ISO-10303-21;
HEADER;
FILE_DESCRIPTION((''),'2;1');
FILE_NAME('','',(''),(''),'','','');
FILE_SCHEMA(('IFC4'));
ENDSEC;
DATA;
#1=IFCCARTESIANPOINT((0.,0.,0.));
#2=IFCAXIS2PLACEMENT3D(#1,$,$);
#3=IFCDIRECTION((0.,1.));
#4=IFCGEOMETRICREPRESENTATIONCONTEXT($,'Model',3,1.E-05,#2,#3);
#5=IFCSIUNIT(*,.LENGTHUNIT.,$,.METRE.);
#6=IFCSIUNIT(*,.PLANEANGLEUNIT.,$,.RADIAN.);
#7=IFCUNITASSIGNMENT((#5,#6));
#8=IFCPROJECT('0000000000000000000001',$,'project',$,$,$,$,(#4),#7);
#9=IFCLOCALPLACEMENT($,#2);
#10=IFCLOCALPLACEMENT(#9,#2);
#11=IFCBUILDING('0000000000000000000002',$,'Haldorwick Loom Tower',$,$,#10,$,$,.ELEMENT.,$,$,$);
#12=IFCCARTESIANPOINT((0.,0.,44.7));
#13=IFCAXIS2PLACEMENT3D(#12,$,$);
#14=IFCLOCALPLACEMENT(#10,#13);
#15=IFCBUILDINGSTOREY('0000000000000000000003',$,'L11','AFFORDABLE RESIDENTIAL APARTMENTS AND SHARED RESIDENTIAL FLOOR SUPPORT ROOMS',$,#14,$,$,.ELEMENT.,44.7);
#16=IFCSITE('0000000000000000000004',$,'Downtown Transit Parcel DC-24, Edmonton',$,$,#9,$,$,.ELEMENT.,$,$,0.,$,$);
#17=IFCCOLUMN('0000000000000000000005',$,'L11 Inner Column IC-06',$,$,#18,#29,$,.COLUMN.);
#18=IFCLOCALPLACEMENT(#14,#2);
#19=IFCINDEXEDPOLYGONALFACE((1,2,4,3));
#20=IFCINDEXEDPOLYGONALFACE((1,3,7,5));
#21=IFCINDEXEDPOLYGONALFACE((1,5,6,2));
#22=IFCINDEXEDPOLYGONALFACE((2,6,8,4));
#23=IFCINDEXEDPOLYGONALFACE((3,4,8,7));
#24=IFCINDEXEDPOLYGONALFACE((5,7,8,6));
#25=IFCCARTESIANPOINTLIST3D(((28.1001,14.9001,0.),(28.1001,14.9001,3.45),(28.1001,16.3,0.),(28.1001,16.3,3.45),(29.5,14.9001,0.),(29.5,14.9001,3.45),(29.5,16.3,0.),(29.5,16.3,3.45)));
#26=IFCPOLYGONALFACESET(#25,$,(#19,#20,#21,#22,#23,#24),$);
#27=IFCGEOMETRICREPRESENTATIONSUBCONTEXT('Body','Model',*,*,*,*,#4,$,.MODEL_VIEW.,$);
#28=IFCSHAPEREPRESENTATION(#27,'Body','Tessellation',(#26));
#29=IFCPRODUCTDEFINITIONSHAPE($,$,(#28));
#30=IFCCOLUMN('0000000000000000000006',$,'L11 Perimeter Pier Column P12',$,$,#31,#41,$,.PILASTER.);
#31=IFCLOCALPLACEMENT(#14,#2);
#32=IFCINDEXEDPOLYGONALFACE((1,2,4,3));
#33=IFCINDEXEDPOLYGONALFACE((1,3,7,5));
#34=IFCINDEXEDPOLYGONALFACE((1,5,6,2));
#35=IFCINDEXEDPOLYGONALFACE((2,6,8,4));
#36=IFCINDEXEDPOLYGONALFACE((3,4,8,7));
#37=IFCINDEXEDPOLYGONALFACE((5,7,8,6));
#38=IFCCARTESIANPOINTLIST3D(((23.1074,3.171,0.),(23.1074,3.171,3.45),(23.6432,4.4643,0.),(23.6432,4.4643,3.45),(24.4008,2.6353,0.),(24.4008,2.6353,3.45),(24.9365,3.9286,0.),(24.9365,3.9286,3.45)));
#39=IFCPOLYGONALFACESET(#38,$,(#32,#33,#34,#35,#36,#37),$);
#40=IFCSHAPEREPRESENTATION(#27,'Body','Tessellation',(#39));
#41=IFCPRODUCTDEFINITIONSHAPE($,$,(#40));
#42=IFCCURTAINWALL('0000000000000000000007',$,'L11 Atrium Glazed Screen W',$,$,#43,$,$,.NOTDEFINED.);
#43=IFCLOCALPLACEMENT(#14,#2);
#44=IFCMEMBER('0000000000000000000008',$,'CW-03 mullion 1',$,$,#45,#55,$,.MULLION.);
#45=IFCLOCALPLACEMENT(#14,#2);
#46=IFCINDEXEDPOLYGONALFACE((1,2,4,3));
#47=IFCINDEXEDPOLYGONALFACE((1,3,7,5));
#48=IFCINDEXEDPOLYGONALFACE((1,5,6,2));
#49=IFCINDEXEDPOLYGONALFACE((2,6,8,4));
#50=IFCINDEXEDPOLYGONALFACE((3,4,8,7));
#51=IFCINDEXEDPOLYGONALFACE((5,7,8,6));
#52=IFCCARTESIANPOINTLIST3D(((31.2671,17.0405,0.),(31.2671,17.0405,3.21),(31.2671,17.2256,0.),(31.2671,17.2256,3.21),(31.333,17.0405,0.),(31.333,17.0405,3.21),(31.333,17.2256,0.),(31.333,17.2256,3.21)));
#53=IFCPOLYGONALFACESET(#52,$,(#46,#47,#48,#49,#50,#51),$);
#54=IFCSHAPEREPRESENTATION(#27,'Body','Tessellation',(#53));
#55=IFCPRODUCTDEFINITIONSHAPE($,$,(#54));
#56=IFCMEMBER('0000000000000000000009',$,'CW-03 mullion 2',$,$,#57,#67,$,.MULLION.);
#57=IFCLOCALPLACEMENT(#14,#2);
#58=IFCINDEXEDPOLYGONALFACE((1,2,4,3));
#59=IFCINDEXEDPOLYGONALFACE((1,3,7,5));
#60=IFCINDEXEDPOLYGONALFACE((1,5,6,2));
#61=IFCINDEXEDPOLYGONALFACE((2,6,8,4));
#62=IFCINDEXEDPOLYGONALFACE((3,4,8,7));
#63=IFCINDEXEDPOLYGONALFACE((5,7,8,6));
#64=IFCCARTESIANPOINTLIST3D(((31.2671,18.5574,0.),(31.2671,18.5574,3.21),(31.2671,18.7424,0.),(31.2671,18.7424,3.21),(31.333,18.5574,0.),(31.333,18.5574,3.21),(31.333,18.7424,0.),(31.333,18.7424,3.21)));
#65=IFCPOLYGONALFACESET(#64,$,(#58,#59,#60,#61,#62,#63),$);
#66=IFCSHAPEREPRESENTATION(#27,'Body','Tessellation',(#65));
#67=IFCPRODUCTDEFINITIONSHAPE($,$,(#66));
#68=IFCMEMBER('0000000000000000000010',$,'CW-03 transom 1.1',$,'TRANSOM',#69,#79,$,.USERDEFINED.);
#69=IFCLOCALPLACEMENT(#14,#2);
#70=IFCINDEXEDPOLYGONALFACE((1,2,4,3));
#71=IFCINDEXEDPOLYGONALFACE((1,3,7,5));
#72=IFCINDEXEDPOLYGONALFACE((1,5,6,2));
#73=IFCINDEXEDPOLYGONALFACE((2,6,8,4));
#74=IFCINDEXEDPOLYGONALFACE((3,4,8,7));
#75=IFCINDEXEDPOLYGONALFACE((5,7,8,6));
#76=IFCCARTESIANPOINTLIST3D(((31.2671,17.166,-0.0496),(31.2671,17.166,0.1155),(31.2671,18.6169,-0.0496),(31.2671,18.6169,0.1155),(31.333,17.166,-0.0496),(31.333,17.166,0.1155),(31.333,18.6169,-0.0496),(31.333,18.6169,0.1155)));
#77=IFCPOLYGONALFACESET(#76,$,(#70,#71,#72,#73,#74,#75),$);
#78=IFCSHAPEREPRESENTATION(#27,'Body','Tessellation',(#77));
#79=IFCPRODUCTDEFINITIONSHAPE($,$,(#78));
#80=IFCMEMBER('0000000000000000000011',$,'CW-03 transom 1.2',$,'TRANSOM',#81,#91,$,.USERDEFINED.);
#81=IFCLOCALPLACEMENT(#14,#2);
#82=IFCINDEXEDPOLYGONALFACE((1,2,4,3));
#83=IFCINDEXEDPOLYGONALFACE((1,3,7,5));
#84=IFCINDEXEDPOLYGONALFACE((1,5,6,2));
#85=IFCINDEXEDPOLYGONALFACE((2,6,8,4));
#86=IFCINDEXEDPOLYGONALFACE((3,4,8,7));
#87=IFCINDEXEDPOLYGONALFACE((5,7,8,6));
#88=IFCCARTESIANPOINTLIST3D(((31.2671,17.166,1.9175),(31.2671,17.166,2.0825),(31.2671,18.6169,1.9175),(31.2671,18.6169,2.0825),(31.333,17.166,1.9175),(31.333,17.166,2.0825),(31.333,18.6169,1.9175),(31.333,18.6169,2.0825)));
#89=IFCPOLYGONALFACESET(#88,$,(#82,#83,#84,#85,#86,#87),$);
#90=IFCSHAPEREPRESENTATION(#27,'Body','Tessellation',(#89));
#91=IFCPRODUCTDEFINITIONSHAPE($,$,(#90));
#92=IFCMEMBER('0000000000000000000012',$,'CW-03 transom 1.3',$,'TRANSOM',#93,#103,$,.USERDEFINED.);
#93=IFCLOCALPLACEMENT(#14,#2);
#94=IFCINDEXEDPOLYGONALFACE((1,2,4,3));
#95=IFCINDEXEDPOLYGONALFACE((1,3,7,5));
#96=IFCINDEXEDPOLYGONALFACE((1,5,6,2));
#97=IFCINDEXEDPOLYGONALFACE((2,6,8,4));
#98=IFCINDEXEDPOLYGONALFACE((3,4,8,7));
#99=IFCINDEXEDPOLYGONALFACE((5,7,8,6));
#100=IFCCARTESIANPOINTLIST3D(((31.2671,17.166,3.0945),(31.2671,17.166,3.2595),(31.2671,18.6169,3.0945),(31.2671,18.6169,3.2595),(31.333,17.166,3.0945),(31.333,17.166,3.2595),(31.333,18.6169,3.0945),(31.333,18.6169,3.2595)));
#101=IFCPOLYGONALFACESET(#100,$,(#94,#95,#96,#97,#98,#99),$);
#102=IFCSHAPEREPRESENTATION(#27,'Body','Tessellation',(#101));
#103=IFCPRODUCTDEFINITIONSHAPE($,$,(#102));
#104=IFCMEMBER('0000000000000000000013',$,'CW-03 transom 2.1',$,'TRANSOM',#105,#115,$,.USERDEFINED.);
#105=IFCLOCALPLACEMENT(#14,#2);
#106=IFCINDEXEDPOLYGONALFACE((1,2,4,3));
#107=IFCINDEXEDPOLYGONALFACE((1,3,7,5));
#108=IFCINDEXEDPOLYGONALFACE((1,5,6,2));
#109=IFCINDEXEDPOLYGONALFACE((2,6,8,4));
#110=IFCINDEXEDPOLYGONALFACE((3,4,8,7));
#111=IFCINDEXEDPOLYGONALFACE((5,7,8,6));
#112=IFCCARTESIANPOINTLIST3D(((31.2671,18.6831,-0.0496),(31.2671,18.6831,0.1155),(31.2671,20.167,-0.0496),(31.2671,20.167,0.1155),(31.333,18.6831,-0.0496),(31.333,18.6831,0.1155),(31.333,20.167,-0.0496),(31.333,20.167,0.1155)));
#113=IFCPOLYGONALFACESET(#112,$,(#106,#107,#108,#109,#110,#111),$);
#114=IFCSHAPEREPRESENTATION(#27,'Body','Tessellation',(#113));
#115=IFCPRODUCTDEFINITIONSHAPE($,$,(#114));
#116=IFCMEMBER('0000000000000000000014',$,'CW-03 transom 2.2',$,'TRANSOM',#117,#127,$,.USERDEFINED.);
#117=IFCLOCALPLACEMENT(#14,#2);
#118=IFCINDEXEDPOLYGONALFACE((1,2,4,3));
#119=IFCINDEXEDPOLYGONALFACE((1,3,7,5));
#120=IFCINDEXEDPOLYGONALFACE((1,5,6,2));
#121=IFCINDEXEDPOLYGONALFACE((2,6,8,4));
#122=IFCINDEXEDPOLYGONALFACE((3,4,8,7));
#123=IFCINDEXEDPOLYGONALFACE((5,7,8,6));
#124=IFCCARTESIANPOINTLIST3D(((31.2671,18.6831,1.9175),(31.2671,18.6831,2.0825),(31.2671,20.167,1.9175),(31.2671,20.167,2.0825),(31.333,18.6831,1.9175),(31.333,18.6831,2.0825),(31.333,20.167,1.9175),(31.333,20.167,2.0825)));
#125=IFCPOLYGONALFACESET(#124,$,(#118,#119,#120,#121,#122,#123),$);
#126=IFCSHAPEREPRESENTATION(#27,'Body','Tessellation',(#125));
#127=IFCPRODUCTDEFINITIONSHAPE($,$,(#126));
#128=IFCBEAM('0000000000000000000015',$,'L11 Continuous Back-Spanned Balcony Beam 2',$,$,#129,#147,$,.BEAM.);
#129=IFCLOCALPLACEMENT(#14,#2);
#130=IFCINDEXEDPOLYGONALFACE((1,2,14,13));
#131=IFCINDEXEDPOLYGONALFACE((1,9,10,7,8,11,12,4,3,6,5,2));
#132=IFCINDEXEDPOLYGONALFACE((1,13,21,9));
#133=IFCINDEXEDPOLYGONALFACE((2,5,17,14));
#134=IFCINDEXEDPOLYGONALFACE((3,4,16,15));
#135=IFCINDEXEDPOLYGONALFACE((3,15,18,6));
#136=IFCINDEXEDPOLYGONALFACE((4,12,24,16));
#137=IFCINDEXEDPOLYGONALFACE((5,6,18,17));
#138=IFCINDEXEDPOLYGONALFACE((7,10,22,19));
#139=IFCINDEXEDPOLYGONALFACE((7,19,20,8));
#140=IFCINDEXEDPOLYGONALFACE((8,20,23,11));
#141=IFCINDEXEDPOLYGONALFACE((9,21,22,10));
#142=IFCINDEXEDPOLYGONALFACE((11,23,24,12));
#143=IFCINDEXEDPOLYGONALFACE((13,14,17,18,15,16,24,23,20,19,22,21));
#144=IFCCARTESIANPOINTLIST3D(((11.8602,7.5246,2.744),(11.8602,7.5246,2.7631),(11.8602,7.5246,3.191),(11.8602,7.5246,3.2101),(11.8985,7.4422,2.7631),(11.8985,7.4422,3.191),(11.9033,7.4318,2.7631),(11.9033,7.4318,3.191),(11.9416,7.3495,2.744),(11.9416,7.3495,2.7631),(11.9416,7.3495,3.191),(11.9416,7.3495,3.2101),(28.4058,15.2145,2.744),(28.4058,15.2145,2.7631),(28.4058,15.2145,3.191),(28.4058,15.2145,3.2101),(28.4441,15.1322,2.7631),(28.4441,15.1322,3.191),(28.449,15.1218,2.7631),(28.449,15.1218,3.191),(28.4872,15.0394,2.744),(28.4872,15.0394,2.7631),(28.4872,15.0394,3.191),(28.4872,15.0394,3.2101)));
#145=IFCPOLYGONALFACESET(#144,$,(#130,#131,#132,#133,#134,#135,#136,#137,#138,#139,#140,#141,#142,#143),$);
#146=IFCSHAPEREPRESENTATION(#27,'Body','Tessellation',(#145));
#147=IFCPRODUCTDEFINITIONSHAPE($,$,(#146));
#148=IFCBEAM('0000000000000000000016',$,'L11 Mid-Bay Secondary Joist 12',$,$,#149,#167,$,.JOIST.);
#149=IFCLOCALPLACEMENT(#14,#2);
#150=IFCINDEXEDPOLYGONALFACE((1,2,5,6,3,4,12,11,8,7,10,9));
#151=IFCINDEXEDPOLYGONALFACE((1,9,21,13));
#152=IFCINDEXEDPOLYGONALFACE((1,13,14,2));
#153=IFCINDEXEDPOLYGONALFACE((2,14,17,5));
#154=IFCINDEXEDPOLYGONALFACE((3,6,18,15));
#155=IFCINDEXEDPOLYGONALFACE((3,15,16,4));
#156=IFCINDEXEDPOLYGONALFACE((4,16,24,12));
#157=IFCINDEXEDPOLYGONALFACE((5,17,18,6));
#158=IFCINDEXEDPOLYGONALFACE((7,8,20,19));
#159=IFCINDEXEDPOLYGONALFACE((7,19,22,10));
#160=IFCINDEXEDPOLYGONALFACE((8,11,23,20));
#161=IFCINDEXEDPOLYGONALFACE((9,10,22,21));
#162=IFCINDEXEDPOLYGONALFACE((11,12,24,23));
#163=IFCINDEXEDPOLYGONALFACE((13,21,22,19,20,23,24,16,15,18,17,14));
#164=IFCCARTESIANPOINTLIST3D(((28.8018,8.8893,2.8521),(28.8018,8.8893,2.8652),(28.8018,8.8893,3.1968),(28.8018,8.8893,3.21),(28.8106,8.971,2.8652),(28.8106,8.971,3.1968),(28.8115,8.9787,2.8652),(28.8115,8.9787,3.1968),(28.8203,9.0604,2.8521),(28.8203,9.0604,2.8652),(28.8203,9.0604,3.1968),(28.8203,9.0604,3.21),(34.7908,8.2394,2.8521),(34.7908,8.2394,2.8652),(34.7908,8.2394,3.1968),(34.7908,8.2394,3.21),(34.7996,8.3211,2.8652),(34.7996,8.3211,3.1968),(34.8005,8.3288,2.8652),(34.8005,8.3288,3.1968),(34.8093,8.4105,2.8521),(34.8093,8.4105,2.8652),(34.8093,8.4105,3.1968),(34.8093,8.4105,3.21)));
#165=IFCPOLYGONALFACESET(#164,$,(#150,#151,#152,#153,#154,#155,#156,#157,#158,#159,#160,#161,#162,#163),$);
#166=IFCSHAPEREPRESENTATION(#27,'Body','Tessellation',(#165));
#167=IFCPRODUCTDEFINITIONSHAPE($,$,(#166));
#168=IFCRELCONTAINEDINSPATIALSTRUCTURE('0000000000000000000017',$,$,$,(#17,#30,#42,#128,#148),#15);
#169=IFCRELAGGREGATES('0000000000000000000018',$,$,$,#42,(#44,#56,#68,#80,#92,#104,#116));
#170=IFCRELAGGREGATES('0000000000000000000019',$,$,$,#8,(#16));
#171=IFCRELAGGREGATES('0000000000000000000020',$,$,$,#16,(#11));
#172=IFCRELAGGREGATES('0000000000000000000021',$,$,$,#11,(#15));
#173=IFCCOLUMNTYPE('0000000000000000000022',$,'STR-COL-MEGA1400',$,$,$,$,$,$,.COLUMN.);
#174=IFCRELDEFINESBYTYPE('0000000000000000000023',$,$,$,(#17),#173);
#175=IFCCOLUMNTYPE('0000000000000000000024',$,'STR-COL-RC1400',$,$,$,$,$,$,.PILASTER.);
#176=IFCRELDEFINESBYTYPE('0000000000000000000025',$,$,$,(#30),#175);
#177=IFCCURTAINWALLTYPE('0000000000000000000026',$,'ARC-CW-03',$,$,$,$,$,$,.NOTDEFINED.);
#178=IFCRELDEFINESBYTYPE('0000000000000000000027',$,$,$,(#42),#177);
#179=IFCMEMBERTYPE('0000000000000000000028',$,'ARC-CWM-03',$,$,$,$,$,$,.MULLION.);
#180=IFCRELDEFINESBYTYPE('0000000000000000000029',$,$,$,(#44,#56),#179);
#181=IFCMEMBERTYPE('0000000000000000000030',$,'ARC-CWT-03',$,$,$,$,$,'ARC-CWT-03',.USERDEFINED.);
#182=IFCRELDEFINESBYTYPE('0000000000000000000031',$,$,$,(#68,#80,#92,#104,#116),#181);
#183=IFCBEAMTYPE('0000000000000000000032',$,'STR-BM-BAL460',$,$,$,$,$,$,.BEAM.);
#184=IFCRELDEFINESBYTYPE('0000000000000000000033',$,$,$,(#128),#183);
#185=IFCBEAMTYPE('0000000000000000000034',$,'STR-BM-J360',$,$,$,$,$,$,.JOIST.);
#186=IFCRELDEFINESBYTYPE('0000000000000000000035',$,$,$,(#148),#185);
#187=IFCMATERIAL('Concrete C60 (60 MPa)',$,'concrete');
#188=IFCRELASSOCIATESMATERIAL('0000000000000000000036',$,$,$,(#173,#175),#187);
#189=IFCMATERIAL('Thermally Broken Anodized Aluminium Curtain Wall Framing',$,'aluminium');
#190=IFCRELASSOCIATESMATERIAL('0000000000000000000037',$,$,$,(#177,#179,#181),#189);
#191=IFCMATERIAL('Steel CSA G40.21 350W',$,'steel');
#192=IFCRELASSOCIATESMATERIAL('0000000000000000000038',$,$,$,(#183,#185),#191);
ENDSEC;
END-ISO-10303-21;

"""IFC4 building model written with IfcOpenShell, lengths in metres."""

from ifc_helpers import new_model, si_unit, direction, frame, origin, origin_2d, place, context, subcontext, project, spatial, rectangle, i_section, extrude, material, material_profile, profile_set, type_object, element, aggregate, save


model = new_model("IFC4")

# Units and contexts
model_context = context("Model", 3, precision=1e-05, world=origin(), true_north=direction((0.0, 1.0)))
body_context = subcontext(model_context, "Body", "Model", "MODEL_VIEW")
ifc_project = project(units=[si_unit("LENGTHUNIT", "METRE"), si_unit("PLANEANGLEUNIT", "RADIAN")], contexts=[model_context])

# Site, building, storey
site_placement = place(None, origin())
site = spatial("IfcSite", under=ifc_project, at=site_placement, Name="Downtown Transit Parcel DC-24, Edmonton", CompositionType="ELEMENT", RefElevation=0.0)
building_placement = place(site_placement, origin())
building = spatial("IfcBuilding", under=site, at=building_placement, Name="Haldorwick Loom Tower", CompositionType="ELEMENT")
storey_placement = place(building_placement, frame((0.0, 0.0, 44.7)))
storey = spatial("IfcBuildingStorey", under=building, at=storey_placement, Name="L11", Description="AFFORDABLE RESIDENTIAL APARTMENTS AND SHARED RESIDENTIAL FLOOR SUPPORT ROOMS", CompositionType="ELEMENT", Elevation=44.7)

# Columns
ifc_material_1 = material(Name="Concrete C60 (60 MPa)", Category="concrete")
ifc_material_profile_1 = material_profile(ifc_material_1, rectangle(XDim=1.3999, YDim=1.3999, at=origin_2d()), Name="RC1400X1400", Category="concrete")
ifc_profile_set_1 = profile_set([ifc_material_profile_1], Name="Concrete C60 (60 MPa)")
column_type_1 = type_object("IfcColumnType", Name="STR-COL-MEGA1400", PredefinedType="COLUMN", material=ifc_profile_set_1)
column_1_placement = place(storey_placement, frame((28.8, 15.6001, 0.0), z_axis=(0.0, 0.0, 1.0), x_axis=(1.0, 0.0, 0.0)))
element("IfcColumn", 1, at=column_1_placement, inside=storey, type_object=column_type_1, Name="L11 Inner Column IC-06", PredefinedType="COLUMN", context=body_context, shape_type="SweptSolid", body=[
    extrude(rectangle(XDim=1.3999, YDim=1.3999, at=origin_2d()), origin(), (0.0, 0.0, 1.0), 3.45),
])
ifc_material_profile_2 = material_profile(ifc_material_1, rectangle(XDim=1.3999, YDim=1.3999, at=origin_2d()), Name="RC1400X1400", Category="concrete")
ifc_profile_set_2 = profile_set([ifc_material_profile_2], Name="Concrete C60 (60 MPa)")
column_type_2 = type_object("IfcColumnType", Name="STR-COL-RC1400", PredefinedType="PILASTER", material=ifc_profile_set_2)
column_2_placement = place(storey_placement, frame((24.022, 3.5498, 0.0), z_axis=(0.0, 0.0, 1.0), x_axis=(-0.382683, -0.92388, 0.0)))
element("IfcColumn", 2, at=column_2_placement, inside=storey, type_object=column_type_2, Name="L11 Perimeter Pier Column P12", PredefinedType="PILASTER", context=body_context, shape_type="SweptSolid", body=[
    extrude(rectangle(XDim=1.3999, YDim=1.3999, at=origin_2d()), origin(), (0.0, 0.0, 1.0), 3.45),
])

# Curtain wall, members
ifc_material_2 = material(Name="Thermally Broken Anodized Aluminium Curtain Wall Framing", Category="aluminium")
curtain_wall_type = type_object("IfcCurtainWallType", Name="ARC-CW-03", PredefinedType="NOTDEFINED", material=ifc_material_2)
curtain_wall_placement = place(storey_placement, origin())
curtain_wall = element("IfcCurtainWall", 3, at=curtain_wall_placement, inside=storey, type_object=curtain_wall_type, Name="L11 Atrium Glazed Screen W", PredefinedType="NOTDEFINED")
ifc_material_profile_3 = material_profile(ifc_material_2, rectangle(XDim=0.0659, YDim=0.1851, at=origin_2d()), Name="ALU_MUL_66X185", Category="aluminium")
ifc_profile_set_3 = profile_set([ifc_material_profile_3], Name="Thermally Broken Anodized Aluminium Curtain Wall Framing")
member_type_1 = type_object("IfcMemberType", Name="ARC-CWM-03", PredefinedType="MULLION", material=ifc_profile_set_3)
member_1_placement = place(storey_placement, frame((31.3, 17.1331, 0.0), z_axis=(0.0, 0.0, 1.0), x_axis=(-1.0, 0.0, 0.0)))
member_1 = element("IfcMember", 4, at=member_1_placement, type_object=member_type_1, Name="CW-03 mullion 1", PredefinedType="MULLION", context=body_context, shape_type="SweptSolid", body=[
    extrude(rectangle(XDim=0.0659, YDim=0.1851, at=origin_2d()), origin(), (0.0, 0.0, 1.0), 3.21),
])
member_2_placement = place(storey_placement, frame((31.3, 18.6499, 0.0), z_axis=(0.0, 0.0, 1.0), x_axis=(-1.0, 0.0, 0.0)))
member_2 = element("IfcMember", 5, at=member_2_placement, type_object=member_type_1, Name="CW-03 mullion 2", PredefinedType="MULLION", context=body_context, shape_type="SweptSolid", body=[
    extrude(rectangle(XDim=0.0659, YDim=0.1851, at=origin_2d()), origin(), (0.0, 0.0, 1.0), 3.21),
])
ifc_material_profile_4 = material_profile(ifc_material_2, rectangle(XDim=0.0659, YDim=0.165, at=origin_2d()), Name="ALU_TRN_66X165", Category="aluminium")
ifc_profile_set_4 = profile_set([ifc_material_profile_4], Name="Thermally Broken Anodized Aluminium Curtain Wall Framing")
member_type_2 = type_object("IfcMemberType", Name="ARC-CWT-03", ElementType="ARC-CWT-03", PredefinedType="USERDEFINED", material=ifc_profile_set_4)
member_3_placement = place(storey_placement, frame((31.3, 17.166, 0.033), z_axis=(0.0, 1.0, 0.0), x_axis=(-1.0, 0.0, 0.0)))
member_3 = element("IfcMember", 6, at=member_3_placement, type_object=member_type_2, Name="CW-03 transom 1.1", ObjectType="TRANSOM", PredefinedType="USERDEFINED", context=body_context, shape_type="SweptSolid", body=[
    extrude(rectangle(XDim=0.0659, YDim=0.165, at=origin_2d()), origin(), (0.0, 0.0, 1.0), 1.4509),
])
member_4_placement = place(storey_placement, frame((31.3, 17.166, 2.0), z_axis=(0.0, 1.0, 0.0), x_axis=(-1.0, 0.0, 0.0)))
member_4 = element("IfcMember", 7, at=member_4_placement, type_object=member_type_2, Name="CW-03 transom 1.2", ObjectType="TRANSOM", PredefinedType="USERDEFINED", context=body_context, shape_type="SweptSolid", body=[
    extrude(rectangle(XDim=0.0659, YDim=0.165, at=origin_2d()), origin(), (0.0, 0.0, 1.0), 1.4509),
])
member_5_placement = place(storey_placement, frame((31.3, 17.166, 3.177), z_axis=(0.0, 1.0, 0.0), x_axis=(-1.0, 0.0, 0.0)))
member_5 = element("IfcMember", 8, at=member_5_placement, type_object=member_type_2, Name="CW-03 transom 1.3", ObjectType="TRANSOM", PredefinedType="USERDEFINED", context=body_context, shape_type="SweptSolid", body=[
    extrude(rectangle(XDim=0.0659, YDim=0.165, at=origin_2d()), origin(), (0.0, 0.0, 1.0), 1.4509),
])
member_6_placement = place(storey_placement, frame((31.3, 18.6831, 0.033), z_axis=(0.0, 1.0, 0.0), x_axis=(-1.0, 0.0, 0.0)))
member_6 = element("IfcMember", 9, at=member_6_placement, type_object=member_type_2, Name="CW-03 transom 2.1", ObjectType="TRANSOM", PredefinedType="USERDEFINED", context=body_context, shape_type="SweptSolid", body=[
    extrude(rectangle(XDim=0.0659, YDim=0.165, at=origin_2d()), origin(), (0.0, 0.0, 1.0), 1.4839),
])
member_7_placement = place(storey_placement, frame((31.3, 18.6831, 2.0), z_axis=(0.0, 1.0, 0.0), x_axis=(-1.0, 0.0, 0.0)))
member_7 = element("IfcMember", 10, at=member_7_placement, type_object=member_type_2, Name="CW-03 transom 2.2", ObjectType="TRANSOM", PredefinedType="USERDEFINED", context=body_context, shape_type="SweptSolid", body=[
    extrude(rectangle(XDim=0.0659, YDim=0.165, at=origin_2d()), origin(), (0.0, 0.0, 1.0), 1.4839),
])

# Beams
ifc_material_3 = material(Name="Steel CSA G40.21 350W", Category="steel")
ifc_material_profile_5 = material_profile(ifc_material_3, i_section(OverallWidth=0.1931, OverallDepth=0.4661, WebThickness=0.0115, FlangeThickness=0.019, at=origin_2d()), Name="W460X97", Category="steel")
ifc_profile_set_5 = profile_set([ifc_material_profile_5], Name="Steel CSA G40.21 350W")
beam_type_1 = type_object("IfcBeamType", Name="STR-BM-BAL460", PredefinedType="BEAM", material=ifc_profile_set_5)
beam_1_placement = place(storey_placement, frame((28.4465, 15.127, 2.9771), z_axis=(-0.906841, -0.421473, 0.0), x_axis=(0.421473, -0.906841, 0.0)))
element("IfcBeam", 11, at=beam_1_placement, inside=storey, type_object=beam_type_1, Name="L11 Continuous Back-Spanned Balcony Beam 2", PredefinedType="BEAM", context=body_context, shape_type="SweptSolid", body=[
    extrude(i_section(OverallWidth=0.1931, OverallDepth=0.4661, WebThickness=0.0115, FlangeThickness=0.019, at=origin_2d()), origin(), (0.0, 0.0, 1.0), 18.2454),
])
ifc_material_profile_6 = material_profile(ifc_material_3, i_section(OverallWidth=0.1721, OverallDepth=0.3579, WebThickness=0.0078, FlangeThickness=0.0132, at=origin_2d()), Name="W360X57", Category="steel")
ifc_profile_set_6 = profile_set([ifc_material_profile_6], Name="Steel CSA G40.21 350W")
beam_type_2 = type_object("IfcBeamType", Name="STR-BM-J360", PredefinedType="JOIST", material=ifc_profile_set_6)
beam_2_placement = place(storey_placement, frame((28.811, 8.9749, 3.031), z_axis=(0.994164, -0.107882, 0.0), x_axis=(0.107882, 0.994164, 0.0)))
element("IfcBeam", 12, at=beam_2_placement, inside=storey, type_object=beam_type_2, Name="L11 Mid-Bay Secondary Joist 12", PredefinedType="JOIST", context=body_context, shape_type="SweptSolid", body=[
    extrude(i_section(OverallWidth=0.1721, OverallDepth=0.3579, WebThickness=0.0078, FlangeThickness=0.0132, at=origin_2d()), origin(), (0.0, 0.0, 1.0), 6.0242),
])

aggregate(curtain_wall, [member_1, member_2, member_3, member_4, member_5, member_6, member_7])

save(model, "model.ifc")
